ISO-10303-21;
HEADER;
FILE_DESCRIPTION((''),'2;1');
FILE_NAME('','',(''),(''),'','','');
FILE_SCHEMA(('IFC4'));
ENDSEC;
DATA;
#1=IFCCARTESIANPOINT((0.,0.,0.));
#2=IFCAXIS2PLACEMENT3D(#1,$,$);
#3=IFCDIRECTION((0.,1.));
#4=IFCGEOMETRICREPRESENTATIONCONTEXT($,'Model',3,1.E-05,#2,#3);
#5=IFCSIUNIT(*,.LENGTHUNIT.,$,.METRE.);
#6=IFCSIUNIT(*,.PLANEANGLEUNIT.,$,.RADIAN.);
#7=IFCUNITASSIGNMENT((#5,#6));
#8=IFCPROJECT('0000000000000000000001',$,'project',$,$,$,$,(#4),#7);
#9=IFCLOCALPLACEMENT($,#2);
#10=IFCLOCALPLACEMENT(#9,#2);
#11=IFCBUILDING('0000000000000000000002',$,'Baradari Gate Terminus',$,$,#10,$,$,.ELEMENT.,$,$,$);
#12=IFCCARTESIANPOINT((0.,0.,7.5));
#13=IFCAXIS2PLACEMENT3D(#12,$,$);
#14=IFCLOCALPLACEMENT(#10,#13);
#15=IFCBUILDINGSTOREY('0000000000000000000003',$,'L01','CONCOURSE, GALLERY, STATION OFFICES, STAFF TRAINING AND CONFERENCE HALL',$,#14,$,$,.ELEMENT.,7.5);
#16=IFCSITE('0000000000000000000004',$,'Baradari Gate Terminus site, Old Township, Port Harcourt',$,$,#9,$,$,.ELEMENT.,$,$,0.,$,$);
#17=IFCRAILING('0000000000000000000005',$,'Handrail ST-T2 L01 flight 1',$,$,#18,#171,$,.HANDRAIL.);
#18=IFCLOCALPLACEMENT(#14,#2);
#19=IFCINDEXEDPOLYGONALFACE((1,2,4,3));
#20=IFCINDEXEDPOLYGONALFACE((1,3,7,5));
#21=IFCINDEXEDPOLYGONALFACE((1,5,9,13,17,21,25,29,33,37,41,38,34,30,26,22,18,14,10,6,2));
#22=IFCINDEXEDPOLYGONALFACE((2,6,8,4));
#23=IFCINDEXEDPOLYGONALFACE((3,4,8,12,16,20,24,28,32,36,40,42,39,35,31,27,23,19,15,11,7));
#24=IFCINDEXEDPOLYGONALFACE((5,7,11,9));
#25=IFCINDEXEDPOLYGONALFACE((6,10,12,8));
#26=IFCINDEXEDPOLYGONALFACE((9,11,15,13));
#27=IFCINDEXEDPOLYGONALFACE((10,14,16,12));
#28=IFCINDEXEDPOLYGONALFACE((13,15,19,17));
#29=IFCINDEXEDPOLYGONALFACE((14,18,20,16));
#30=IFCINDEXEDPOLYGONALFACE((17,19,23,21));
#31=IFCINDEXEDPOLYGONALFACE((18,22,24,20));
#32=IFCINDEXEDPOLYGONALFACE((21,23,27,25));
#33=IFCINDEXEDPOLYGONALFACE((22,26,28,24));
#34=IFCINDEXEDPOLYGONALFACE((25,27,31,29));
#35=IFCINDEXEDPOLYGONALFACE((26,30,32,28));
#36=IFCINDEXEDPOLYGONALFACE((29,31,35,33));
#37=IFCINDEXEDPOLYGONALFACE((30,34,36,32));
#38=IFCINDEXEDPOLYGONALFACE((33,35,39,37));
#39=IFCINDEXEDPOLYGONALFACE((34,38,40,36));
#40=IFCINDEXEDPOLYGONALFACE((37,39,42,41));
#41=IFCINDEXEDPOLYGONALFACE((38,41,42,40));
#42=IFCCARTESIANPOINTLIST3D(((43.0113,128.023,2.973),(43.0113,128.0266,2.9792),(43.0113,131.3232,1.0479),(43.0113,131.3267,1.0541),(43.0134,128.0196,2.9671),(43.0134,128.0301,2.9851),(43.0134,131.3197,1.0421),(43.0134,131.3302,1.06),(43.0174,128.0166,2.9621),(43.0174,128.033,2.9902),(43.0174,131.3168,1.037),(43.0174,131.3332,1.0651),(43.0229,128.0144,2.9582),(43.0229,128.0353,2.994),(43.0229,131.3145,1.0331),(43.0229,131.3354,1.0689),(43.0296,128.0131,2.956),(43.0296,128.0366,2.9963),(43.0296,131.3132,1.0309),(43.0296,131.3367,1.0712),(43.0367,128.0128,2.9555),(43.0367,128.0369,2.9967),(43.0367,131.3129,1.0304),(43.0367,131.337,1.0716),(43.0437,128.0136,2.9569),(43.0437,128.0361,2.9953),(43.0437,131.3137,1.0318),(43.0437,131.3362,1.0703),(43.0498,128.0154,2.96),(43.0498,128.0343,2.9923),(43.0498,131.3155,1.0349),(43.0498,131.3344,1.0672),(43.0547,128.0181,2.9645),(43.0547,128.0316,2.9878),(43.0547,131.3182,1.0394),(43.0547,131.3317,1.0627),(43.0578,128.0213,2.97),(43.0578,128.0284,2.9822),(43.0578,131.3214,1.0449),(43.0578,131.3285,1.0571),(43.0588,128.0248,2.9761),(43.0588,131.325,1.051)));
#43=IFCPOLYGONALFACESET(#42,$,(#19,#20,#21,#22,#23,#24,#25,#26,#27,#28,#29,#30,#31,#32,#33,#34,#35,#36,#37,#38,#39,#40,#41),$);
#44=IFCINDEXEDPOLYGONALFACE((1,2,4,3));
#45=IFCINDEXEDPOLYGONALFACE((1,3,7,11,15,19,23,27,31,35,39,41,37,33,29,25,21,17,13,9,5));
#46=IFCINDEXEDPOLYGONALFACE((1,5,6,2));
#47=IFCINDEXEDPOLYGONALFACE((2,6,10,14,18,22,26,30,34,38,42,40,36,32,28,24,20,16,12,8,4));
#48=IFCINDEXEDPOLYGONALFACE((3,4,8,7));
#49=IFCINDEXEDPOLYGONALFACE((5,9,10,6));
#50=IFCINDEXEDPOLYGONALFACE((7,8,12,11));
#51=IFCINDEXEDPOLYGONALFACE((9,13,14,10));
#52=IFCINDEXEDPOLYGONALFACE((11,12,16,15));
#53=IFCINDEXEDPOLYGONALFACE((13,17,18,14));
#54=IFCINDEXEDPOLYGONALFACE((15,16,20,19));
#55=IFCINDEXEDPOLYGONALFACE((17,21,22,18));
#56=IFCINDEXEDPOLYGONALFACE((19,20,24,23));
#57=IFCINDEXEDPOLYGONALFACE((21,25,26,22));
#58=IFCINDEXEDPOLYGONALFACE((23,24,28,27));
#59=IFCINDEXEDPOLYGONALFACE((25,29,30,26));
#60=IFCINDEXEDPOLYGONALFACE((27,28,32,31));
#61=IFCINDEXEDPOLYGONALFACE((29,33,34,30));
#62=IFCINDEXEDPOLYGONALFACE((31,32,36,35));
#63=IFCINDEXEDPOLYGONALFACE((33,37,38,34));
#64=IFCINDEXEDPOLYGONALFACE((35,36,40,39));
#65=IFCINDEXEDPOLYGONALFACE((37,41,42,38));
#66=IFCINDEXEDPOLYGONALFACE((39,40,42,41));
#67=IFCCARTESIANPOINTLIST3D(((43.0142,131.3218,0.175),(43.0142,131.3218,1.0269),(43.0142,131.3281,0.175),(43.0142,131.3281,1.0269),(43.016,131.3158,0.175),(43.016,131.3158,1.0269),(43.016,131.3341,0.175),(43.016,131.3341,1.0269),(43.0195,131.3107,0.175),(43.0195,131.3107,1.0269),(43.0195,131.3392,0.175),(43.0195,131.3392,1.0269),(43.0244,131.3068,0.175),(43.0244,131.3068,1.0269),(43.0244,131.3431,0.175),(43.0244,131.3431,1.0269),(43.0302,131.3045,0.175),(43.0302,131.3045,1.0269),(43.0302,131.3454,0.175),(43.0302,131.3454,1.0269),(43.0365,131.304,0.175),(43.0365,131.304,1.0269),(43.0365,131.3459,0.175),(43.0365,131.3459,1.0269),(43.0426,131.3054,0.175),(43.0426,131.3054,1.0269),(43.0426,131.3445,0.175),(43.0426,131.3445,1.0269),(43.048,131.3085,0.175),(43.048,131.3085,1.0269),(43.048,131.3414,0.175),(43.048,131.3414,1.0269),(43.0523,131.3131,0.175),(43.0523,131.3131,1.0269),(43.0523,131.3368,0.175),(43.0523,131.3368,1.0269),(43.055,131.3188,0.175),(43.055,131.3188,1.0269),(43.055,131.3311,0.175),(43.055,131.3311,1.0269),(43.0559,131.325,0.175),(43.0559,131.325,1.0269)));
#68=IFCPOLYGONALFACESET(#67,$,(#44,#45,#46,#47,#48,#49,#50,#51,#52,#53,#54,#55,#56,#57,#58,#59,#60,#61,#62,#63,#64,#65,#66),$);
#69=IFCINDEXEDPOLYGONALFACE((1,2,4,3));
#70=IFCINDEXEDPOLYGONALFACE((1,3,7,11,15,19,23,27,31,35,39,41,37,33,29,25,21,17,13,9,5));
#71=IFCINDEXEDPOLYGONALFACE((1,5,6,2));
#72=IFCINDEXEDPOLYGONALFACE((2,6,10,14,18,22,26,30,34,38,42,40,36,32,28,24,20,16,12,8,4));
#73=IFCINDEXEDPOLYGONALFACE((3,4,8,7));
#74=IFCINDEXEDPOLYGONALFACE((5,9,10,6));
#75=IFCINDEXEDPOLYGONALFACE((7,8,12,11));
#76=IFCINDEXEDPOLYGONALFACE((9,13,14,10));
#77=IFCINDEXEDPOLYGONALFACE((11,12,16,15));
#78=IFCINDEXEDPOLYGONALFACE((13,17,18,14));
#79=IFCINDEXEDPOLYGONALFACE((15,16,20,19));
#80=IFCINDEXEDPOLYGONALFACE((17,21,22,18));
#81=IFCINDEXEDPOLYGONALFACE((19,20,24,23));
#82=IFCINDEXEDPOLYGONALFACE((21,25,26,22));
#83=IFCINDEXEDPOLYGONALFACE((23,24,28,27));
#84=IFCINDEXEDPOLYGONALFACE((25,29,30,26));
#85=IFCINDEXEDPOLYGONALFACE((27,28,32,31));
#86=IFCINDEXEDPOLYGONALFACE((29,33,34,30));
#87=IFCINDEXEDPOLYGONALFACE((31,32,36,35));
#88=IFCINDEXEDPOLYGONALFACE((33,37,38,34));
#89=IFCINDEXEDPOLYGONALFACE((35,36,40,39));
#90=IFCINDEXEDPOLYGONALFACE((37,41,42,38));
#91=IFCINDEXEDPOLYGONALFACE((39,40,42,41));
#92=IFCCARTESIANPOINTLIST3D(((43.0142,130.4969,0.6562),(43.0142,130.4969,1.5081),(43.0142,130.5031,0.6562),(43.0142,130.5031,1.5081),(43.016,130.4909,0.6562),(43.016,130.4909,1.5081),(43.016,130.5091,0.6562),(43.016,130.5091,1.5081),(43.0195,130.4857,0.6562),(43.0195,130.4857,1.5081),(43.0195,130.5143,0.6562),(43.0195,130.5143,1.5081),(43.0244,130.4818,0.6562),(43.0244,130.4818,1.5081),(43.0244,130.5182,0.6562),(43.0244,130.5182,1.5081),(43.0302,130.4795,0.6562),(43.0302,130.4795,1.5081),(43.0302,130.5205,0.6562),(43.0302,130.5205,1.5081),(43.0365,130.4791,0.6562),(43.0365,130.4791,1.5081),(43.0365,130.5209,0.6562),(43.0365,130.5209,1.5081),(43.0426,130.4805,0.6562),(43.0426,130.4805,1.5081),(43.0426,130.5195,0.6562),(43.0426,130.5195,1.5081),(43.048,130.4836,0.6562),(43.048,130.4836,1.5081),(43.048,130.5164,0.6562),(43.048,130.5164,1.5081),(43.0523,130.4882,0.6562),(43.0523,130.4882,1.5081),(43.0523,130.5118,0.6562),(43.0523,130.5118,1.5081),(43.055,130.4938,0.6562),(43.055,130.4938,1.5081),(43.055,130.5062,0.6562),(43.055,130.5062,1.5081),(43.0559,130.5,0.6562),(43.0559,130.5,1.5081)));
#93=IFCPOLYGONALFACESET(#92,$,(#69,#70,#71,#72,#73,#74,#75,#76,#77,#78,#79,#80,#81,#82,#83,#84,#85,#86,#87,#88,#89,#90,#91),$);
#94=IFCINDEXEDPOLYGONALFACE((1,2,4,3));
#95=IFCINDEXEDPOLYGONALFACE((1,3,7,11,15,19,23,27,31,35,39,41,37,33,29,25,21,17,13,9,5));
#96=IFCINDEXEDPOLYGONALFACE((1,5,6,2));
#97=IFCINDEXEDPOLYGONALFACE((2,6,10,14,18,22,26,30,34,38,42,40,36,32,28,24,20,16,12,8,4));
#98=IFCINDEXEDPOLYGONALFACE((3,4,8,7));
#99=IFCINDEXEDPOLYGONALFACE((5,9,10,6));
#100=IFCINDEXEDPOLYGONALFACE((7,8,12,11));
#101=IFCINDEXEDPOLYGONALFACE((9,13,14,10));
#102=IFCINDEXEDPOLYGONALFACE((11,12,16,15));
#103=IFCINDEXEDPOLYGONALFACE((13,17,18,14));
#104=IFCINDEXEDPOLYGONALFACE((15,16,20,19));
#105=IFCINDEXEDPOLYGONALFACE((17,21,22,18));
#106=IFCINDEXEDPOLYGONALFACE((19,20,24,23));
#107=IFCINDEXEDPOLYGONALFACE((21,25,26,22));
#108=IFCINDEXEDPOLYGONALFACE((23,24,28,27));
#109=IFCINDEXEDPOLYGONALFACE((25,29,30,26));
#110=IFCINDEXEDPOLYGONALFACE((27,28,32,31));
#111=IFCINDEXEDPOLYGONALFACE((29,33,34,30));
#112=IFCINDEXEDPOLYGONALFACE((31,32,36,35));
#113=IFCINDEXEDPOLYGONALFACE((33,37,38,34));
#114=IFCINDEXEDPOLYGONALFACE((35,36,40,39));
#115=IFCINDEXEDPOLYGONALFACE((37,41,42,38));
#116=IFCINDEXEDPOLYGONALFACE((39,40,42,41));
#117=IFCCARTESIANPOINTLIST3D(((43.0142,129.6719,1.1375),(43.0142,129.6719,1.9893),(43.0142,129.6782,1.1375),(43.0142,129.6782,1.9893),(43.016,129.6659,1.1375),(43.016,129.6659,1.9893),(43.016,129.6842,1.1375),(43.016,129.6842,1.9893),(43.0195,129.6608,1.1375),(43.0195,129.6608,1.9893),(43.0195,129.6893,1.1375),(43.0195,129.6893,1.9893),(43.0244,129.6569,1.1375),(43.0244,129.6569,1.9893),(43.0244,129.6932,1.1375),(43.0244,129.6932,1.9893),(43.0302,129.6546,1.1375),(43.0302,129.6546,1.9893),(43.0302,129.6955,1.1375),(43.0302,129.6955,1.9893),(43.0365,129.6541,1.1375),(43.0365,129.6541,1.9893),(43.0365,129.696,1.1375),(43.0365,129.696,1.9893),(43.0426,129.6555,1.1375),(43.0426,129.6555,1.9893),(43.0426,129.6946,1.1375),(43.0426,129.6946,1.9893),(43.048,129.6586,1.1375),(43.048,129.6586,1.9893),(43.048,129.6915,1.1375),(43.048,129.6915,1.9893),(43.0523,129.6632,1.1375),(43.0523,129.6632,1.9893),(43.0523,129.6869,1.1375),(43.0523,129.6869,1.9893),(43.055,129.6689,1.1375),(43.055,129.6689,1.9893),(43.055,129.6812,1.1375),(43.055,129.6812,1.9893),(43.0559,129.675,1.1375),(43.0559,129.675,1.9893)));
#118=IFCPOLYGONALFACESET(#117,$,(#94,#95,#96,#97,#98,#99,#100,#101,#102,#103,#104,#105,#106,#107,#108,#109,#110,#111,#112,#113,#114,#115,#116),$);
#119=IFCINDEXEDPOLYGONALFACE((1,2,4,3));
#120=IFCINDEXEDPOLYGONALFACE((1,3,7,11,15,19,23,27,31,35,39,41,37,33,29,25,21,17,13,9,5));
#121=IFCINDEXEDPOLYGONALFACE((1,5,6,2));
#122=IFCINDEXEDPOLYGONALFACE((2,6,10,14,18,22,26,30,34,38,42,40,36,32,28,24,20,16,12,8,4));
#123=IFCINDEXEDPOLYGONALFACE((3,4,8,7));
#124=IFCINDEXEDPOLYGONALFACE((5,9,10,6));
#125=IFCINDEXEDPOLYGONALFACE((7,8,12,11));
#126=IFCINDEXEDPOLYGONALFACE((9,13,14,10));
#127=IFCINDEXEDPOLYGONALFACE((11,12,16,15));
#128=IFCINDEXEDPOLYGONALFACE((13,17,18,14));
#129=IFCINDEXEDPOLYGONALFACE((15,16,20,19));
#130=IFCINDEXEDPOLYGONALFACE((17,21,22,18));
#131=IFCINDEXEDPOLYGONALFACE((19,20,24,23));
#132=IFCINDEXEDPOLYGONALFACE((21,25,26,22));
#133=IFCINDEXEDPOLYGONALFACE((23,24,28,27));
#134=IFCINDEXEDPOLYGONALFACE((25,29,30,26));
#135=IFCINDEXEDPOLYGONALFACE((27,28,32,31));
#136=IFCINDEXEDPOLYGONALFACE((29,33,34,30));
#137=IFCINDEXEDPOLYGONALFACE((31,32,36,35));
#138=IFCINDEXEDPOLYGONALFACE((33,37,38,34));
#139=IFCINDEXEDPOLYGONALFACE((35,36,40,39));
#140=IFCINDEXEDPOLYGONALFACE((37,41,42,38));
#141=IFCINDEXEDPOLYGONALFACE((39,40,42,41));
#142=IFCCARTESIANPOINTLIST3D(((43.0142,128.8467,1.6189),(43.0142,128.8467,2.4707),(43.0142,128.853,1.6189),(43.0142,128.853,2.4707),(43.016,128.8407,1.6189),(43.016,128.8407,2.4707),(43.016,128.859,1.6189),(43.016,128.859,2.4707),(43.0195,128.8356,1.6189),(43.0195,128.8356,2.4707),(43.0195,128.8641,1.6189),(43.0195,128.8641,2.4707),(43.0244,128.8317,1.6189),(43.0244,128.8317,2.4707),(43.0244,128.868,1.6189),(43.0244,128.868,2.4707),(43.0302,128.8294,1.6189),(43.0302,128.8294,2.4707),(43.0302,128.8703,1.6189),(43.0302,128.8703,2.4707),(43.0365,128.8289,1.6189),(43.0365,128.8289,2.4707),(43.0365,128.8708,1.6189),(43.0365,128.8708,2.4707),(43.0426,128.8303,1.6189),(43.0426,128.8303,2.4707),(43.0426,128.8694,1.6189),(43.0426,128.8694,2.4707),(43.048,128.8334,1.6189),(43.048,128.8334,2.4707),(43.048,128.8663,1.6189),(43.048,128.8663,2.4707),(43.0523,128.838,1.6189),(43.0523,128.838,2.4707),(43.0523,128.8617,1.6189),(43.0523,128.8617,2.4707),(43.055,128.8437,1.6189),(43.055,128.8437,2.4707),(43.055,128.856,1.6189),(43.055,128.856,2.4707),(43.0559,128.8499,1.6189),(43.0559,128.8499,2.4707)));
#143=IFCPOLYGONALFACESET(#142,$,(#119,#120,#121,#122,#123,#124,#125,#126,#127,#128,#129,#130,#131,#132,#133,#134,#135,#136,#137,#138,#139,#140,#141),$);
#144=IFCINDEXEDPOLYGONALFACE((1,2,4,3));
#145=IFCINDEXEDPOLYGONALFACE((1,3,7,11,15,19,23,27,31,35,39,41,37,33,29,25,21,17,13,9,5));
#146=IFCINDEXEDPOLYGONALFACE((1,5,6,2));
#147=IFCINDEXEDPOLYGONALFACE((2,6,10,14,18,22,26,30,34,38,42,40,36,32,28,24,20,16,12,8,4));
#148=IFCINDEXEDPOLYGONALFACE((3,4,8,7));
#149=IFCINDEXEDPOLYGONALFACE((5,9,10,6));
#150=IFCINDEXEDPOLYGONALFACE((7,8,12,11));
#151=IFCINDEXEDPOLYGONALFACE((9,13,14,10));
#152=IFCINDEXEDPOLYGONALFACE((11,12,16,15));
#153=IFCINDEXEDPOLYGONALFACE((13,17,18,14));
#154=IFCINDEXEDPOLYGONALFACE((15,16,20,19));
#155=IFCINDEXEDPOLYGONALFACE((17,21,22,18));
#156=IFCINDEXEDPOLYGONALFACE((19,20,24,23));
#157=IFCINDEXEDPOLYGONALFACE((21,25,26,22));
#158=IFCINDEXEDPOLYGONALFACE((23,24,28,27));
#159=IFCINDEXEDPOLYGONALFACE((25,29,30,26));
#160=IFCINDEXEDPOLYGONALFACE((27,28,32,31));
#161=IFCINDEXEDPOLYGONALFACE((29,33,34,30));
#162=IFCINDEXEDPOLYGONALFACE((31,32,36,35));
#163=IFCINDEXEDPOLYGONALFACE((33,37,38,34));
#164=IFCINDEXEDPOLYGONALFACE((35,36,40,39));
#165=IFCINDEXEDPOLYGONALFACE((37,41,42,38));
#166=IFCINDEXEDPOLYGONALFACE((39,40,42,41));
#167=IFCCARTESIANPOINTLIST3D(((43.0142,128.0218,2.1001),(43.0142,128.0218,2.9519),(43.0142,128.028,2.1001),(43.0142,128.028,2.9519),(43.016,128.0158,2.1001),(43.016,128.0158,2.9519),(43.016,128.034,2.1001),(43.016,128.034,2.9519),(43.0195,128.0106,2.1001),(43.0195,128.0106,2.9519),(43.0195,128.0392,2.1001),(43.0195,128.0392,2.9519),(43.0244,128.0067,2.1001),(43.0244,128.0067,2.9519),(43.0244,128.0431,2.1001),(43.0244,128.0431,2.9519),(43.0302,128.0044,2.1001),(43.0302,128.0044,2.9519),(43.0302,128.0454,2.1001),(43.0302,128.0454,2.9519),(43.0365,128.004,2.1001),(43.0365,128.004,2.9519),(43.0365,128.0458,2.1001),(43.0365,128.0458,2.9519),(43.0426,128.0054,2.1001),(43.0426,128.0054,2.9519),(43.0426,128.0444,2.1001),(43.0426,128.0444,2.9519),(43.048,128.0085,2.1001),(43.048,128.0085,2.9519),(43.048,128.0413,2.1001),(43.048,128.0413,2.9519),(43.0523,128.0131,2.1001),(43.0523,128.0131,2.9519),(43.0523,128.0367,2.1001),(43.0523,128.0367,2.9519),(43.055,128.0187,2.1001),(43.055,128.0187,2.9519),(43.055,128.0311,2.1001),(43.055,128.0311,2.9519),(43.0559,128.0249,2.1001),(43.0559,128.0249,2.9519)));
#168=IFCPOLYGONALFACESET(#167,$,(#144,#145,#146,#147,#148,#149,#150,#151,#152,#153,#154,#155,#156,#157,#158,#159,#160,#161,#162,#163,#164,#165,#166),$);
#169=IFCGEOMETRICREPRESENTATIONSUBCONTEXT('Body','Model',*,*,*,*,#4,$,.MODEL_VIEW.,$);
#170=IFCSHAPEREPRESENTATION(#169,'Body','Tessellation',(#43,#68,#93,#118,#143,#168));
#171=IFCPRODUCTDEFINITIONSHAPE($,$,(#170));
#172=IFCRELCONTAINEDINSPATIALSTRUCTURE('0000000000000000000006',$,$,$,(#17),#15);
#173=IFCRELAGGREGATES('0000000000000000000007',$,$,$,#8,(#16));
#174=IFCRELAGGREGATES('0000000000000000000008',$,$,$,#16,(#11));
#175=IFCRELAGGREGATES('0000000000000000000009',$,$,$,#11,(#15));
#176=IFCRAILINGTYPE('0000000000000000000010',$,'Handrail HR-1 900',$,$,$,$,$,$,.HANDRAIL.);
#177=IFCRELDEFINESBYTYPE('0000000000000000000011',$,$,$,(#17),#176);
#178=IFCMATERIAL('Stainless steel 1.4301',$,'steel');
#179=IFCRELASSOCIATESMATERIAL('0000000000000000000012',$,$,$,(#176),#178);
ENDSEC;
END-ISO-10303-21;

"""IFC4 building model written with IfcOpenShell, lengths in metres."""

from ifc_helpers import new_model, si_unit, direction, frame, origin, origin_2d, place, context, subcontext, project, spatial, circle, extrude, material, type_object, element, save


model = new_model("IFC4")

# Units and contexts
model_context = context("Model", 3, precision=1e-05, world=origin(), true_north=direction((0.0, 1.0)))
body_context = subcontext(model_context, "Body", "Model", "MODEL_VIEW")
ifc_project = project(units=[si_unit("LENGTHUNIT", "METRE"), si_unit("PLANEANGLEUNIT", "RADIAN")], contexts=[model_context])

# Site, building, storey
site_placement = place(None, origin())
site = spatial("IfcSite", under=ifc_project, at=site_placement, Name="Baradari Gate Terminus site, Old Township, Port Harcourt", CompositionType="ELEMENT", RefElevation=0.0)
building_placement = place(site_placement, origin())
building = spatial("IfcBuilding", under=site, at=building_placement, Name="Baradari Gate Terminus", CompositionType="ELEMENT")
storey_placement = place(building_placement, frame((0.0, 0.0, 7.5)))
storey = spatial("IfcBuildingStorey", under=building, at=storey_placement, Name="L01", Description="CONCOURSE, GALLERY, STATION OFFICES, STAFF TRAINING AND CONFERENCE HALL", CompositionType="ELEMENT", Elevation=7.5)

# Railing
ifc_material_1 = material(Name="Stainless steel 1.4301", Category="steel")
railing_type = type_object("IfcRailingType", Name="Handrail HR-1 900", PredefinedType="HANDRAIL", material=ifc_material_1)
for number, where, name in (
    (1, (43.0349, 131.325, 0.175), "Handrail ST-T2 L01 flight 1"),
):
    element("IfcRailing", number, at=place(storey_placement, frame(where)), inside=storey, type_object=railing_type, Name=name, PredefinedType="HANDRAIL", context=body_context, shape_type="SweptSolid", body=[
        extrude(circle(Radius=0.0239, at=origin_2d()), frame((0.0, 0.0, 0.876), z_axis=(0.0, -0.863777, 0.503875), x_axis=(1.0, 0.0, 0.0)), (0.0, 0.0, 1.0), 3.8206),
        extrude(circle(Radius=0.021, at=origin_2d()), origin(), (0.0, 0.0, 1.0), 0.8518),
        extrude(circle(Radius=0.021, at=origin_2d()), frame((0.0, -0.825, 0.4812)), (0.0, 0.0, 1.0), 0.8518),
        extrude(circle(Radius=0.021, at=origin_2d()), frame((0.0, -1.6499, 0.9624)), (0.0, 0.0, 1.0), 0.8518),
        extrude(circle(Radius=0.021, at=origin_2d()), frame((0.0, -2.4751, 1.4438)), (0.0, 0.0, 1.0), 0.8518),
        extrude(circle(Radius=0.021, at=origin_2d()), frame((0.0, -3.3, 1.925)), (0.0, 0.0, 1.0), 0.8518),
    ])

save(model, "model.ifc")
